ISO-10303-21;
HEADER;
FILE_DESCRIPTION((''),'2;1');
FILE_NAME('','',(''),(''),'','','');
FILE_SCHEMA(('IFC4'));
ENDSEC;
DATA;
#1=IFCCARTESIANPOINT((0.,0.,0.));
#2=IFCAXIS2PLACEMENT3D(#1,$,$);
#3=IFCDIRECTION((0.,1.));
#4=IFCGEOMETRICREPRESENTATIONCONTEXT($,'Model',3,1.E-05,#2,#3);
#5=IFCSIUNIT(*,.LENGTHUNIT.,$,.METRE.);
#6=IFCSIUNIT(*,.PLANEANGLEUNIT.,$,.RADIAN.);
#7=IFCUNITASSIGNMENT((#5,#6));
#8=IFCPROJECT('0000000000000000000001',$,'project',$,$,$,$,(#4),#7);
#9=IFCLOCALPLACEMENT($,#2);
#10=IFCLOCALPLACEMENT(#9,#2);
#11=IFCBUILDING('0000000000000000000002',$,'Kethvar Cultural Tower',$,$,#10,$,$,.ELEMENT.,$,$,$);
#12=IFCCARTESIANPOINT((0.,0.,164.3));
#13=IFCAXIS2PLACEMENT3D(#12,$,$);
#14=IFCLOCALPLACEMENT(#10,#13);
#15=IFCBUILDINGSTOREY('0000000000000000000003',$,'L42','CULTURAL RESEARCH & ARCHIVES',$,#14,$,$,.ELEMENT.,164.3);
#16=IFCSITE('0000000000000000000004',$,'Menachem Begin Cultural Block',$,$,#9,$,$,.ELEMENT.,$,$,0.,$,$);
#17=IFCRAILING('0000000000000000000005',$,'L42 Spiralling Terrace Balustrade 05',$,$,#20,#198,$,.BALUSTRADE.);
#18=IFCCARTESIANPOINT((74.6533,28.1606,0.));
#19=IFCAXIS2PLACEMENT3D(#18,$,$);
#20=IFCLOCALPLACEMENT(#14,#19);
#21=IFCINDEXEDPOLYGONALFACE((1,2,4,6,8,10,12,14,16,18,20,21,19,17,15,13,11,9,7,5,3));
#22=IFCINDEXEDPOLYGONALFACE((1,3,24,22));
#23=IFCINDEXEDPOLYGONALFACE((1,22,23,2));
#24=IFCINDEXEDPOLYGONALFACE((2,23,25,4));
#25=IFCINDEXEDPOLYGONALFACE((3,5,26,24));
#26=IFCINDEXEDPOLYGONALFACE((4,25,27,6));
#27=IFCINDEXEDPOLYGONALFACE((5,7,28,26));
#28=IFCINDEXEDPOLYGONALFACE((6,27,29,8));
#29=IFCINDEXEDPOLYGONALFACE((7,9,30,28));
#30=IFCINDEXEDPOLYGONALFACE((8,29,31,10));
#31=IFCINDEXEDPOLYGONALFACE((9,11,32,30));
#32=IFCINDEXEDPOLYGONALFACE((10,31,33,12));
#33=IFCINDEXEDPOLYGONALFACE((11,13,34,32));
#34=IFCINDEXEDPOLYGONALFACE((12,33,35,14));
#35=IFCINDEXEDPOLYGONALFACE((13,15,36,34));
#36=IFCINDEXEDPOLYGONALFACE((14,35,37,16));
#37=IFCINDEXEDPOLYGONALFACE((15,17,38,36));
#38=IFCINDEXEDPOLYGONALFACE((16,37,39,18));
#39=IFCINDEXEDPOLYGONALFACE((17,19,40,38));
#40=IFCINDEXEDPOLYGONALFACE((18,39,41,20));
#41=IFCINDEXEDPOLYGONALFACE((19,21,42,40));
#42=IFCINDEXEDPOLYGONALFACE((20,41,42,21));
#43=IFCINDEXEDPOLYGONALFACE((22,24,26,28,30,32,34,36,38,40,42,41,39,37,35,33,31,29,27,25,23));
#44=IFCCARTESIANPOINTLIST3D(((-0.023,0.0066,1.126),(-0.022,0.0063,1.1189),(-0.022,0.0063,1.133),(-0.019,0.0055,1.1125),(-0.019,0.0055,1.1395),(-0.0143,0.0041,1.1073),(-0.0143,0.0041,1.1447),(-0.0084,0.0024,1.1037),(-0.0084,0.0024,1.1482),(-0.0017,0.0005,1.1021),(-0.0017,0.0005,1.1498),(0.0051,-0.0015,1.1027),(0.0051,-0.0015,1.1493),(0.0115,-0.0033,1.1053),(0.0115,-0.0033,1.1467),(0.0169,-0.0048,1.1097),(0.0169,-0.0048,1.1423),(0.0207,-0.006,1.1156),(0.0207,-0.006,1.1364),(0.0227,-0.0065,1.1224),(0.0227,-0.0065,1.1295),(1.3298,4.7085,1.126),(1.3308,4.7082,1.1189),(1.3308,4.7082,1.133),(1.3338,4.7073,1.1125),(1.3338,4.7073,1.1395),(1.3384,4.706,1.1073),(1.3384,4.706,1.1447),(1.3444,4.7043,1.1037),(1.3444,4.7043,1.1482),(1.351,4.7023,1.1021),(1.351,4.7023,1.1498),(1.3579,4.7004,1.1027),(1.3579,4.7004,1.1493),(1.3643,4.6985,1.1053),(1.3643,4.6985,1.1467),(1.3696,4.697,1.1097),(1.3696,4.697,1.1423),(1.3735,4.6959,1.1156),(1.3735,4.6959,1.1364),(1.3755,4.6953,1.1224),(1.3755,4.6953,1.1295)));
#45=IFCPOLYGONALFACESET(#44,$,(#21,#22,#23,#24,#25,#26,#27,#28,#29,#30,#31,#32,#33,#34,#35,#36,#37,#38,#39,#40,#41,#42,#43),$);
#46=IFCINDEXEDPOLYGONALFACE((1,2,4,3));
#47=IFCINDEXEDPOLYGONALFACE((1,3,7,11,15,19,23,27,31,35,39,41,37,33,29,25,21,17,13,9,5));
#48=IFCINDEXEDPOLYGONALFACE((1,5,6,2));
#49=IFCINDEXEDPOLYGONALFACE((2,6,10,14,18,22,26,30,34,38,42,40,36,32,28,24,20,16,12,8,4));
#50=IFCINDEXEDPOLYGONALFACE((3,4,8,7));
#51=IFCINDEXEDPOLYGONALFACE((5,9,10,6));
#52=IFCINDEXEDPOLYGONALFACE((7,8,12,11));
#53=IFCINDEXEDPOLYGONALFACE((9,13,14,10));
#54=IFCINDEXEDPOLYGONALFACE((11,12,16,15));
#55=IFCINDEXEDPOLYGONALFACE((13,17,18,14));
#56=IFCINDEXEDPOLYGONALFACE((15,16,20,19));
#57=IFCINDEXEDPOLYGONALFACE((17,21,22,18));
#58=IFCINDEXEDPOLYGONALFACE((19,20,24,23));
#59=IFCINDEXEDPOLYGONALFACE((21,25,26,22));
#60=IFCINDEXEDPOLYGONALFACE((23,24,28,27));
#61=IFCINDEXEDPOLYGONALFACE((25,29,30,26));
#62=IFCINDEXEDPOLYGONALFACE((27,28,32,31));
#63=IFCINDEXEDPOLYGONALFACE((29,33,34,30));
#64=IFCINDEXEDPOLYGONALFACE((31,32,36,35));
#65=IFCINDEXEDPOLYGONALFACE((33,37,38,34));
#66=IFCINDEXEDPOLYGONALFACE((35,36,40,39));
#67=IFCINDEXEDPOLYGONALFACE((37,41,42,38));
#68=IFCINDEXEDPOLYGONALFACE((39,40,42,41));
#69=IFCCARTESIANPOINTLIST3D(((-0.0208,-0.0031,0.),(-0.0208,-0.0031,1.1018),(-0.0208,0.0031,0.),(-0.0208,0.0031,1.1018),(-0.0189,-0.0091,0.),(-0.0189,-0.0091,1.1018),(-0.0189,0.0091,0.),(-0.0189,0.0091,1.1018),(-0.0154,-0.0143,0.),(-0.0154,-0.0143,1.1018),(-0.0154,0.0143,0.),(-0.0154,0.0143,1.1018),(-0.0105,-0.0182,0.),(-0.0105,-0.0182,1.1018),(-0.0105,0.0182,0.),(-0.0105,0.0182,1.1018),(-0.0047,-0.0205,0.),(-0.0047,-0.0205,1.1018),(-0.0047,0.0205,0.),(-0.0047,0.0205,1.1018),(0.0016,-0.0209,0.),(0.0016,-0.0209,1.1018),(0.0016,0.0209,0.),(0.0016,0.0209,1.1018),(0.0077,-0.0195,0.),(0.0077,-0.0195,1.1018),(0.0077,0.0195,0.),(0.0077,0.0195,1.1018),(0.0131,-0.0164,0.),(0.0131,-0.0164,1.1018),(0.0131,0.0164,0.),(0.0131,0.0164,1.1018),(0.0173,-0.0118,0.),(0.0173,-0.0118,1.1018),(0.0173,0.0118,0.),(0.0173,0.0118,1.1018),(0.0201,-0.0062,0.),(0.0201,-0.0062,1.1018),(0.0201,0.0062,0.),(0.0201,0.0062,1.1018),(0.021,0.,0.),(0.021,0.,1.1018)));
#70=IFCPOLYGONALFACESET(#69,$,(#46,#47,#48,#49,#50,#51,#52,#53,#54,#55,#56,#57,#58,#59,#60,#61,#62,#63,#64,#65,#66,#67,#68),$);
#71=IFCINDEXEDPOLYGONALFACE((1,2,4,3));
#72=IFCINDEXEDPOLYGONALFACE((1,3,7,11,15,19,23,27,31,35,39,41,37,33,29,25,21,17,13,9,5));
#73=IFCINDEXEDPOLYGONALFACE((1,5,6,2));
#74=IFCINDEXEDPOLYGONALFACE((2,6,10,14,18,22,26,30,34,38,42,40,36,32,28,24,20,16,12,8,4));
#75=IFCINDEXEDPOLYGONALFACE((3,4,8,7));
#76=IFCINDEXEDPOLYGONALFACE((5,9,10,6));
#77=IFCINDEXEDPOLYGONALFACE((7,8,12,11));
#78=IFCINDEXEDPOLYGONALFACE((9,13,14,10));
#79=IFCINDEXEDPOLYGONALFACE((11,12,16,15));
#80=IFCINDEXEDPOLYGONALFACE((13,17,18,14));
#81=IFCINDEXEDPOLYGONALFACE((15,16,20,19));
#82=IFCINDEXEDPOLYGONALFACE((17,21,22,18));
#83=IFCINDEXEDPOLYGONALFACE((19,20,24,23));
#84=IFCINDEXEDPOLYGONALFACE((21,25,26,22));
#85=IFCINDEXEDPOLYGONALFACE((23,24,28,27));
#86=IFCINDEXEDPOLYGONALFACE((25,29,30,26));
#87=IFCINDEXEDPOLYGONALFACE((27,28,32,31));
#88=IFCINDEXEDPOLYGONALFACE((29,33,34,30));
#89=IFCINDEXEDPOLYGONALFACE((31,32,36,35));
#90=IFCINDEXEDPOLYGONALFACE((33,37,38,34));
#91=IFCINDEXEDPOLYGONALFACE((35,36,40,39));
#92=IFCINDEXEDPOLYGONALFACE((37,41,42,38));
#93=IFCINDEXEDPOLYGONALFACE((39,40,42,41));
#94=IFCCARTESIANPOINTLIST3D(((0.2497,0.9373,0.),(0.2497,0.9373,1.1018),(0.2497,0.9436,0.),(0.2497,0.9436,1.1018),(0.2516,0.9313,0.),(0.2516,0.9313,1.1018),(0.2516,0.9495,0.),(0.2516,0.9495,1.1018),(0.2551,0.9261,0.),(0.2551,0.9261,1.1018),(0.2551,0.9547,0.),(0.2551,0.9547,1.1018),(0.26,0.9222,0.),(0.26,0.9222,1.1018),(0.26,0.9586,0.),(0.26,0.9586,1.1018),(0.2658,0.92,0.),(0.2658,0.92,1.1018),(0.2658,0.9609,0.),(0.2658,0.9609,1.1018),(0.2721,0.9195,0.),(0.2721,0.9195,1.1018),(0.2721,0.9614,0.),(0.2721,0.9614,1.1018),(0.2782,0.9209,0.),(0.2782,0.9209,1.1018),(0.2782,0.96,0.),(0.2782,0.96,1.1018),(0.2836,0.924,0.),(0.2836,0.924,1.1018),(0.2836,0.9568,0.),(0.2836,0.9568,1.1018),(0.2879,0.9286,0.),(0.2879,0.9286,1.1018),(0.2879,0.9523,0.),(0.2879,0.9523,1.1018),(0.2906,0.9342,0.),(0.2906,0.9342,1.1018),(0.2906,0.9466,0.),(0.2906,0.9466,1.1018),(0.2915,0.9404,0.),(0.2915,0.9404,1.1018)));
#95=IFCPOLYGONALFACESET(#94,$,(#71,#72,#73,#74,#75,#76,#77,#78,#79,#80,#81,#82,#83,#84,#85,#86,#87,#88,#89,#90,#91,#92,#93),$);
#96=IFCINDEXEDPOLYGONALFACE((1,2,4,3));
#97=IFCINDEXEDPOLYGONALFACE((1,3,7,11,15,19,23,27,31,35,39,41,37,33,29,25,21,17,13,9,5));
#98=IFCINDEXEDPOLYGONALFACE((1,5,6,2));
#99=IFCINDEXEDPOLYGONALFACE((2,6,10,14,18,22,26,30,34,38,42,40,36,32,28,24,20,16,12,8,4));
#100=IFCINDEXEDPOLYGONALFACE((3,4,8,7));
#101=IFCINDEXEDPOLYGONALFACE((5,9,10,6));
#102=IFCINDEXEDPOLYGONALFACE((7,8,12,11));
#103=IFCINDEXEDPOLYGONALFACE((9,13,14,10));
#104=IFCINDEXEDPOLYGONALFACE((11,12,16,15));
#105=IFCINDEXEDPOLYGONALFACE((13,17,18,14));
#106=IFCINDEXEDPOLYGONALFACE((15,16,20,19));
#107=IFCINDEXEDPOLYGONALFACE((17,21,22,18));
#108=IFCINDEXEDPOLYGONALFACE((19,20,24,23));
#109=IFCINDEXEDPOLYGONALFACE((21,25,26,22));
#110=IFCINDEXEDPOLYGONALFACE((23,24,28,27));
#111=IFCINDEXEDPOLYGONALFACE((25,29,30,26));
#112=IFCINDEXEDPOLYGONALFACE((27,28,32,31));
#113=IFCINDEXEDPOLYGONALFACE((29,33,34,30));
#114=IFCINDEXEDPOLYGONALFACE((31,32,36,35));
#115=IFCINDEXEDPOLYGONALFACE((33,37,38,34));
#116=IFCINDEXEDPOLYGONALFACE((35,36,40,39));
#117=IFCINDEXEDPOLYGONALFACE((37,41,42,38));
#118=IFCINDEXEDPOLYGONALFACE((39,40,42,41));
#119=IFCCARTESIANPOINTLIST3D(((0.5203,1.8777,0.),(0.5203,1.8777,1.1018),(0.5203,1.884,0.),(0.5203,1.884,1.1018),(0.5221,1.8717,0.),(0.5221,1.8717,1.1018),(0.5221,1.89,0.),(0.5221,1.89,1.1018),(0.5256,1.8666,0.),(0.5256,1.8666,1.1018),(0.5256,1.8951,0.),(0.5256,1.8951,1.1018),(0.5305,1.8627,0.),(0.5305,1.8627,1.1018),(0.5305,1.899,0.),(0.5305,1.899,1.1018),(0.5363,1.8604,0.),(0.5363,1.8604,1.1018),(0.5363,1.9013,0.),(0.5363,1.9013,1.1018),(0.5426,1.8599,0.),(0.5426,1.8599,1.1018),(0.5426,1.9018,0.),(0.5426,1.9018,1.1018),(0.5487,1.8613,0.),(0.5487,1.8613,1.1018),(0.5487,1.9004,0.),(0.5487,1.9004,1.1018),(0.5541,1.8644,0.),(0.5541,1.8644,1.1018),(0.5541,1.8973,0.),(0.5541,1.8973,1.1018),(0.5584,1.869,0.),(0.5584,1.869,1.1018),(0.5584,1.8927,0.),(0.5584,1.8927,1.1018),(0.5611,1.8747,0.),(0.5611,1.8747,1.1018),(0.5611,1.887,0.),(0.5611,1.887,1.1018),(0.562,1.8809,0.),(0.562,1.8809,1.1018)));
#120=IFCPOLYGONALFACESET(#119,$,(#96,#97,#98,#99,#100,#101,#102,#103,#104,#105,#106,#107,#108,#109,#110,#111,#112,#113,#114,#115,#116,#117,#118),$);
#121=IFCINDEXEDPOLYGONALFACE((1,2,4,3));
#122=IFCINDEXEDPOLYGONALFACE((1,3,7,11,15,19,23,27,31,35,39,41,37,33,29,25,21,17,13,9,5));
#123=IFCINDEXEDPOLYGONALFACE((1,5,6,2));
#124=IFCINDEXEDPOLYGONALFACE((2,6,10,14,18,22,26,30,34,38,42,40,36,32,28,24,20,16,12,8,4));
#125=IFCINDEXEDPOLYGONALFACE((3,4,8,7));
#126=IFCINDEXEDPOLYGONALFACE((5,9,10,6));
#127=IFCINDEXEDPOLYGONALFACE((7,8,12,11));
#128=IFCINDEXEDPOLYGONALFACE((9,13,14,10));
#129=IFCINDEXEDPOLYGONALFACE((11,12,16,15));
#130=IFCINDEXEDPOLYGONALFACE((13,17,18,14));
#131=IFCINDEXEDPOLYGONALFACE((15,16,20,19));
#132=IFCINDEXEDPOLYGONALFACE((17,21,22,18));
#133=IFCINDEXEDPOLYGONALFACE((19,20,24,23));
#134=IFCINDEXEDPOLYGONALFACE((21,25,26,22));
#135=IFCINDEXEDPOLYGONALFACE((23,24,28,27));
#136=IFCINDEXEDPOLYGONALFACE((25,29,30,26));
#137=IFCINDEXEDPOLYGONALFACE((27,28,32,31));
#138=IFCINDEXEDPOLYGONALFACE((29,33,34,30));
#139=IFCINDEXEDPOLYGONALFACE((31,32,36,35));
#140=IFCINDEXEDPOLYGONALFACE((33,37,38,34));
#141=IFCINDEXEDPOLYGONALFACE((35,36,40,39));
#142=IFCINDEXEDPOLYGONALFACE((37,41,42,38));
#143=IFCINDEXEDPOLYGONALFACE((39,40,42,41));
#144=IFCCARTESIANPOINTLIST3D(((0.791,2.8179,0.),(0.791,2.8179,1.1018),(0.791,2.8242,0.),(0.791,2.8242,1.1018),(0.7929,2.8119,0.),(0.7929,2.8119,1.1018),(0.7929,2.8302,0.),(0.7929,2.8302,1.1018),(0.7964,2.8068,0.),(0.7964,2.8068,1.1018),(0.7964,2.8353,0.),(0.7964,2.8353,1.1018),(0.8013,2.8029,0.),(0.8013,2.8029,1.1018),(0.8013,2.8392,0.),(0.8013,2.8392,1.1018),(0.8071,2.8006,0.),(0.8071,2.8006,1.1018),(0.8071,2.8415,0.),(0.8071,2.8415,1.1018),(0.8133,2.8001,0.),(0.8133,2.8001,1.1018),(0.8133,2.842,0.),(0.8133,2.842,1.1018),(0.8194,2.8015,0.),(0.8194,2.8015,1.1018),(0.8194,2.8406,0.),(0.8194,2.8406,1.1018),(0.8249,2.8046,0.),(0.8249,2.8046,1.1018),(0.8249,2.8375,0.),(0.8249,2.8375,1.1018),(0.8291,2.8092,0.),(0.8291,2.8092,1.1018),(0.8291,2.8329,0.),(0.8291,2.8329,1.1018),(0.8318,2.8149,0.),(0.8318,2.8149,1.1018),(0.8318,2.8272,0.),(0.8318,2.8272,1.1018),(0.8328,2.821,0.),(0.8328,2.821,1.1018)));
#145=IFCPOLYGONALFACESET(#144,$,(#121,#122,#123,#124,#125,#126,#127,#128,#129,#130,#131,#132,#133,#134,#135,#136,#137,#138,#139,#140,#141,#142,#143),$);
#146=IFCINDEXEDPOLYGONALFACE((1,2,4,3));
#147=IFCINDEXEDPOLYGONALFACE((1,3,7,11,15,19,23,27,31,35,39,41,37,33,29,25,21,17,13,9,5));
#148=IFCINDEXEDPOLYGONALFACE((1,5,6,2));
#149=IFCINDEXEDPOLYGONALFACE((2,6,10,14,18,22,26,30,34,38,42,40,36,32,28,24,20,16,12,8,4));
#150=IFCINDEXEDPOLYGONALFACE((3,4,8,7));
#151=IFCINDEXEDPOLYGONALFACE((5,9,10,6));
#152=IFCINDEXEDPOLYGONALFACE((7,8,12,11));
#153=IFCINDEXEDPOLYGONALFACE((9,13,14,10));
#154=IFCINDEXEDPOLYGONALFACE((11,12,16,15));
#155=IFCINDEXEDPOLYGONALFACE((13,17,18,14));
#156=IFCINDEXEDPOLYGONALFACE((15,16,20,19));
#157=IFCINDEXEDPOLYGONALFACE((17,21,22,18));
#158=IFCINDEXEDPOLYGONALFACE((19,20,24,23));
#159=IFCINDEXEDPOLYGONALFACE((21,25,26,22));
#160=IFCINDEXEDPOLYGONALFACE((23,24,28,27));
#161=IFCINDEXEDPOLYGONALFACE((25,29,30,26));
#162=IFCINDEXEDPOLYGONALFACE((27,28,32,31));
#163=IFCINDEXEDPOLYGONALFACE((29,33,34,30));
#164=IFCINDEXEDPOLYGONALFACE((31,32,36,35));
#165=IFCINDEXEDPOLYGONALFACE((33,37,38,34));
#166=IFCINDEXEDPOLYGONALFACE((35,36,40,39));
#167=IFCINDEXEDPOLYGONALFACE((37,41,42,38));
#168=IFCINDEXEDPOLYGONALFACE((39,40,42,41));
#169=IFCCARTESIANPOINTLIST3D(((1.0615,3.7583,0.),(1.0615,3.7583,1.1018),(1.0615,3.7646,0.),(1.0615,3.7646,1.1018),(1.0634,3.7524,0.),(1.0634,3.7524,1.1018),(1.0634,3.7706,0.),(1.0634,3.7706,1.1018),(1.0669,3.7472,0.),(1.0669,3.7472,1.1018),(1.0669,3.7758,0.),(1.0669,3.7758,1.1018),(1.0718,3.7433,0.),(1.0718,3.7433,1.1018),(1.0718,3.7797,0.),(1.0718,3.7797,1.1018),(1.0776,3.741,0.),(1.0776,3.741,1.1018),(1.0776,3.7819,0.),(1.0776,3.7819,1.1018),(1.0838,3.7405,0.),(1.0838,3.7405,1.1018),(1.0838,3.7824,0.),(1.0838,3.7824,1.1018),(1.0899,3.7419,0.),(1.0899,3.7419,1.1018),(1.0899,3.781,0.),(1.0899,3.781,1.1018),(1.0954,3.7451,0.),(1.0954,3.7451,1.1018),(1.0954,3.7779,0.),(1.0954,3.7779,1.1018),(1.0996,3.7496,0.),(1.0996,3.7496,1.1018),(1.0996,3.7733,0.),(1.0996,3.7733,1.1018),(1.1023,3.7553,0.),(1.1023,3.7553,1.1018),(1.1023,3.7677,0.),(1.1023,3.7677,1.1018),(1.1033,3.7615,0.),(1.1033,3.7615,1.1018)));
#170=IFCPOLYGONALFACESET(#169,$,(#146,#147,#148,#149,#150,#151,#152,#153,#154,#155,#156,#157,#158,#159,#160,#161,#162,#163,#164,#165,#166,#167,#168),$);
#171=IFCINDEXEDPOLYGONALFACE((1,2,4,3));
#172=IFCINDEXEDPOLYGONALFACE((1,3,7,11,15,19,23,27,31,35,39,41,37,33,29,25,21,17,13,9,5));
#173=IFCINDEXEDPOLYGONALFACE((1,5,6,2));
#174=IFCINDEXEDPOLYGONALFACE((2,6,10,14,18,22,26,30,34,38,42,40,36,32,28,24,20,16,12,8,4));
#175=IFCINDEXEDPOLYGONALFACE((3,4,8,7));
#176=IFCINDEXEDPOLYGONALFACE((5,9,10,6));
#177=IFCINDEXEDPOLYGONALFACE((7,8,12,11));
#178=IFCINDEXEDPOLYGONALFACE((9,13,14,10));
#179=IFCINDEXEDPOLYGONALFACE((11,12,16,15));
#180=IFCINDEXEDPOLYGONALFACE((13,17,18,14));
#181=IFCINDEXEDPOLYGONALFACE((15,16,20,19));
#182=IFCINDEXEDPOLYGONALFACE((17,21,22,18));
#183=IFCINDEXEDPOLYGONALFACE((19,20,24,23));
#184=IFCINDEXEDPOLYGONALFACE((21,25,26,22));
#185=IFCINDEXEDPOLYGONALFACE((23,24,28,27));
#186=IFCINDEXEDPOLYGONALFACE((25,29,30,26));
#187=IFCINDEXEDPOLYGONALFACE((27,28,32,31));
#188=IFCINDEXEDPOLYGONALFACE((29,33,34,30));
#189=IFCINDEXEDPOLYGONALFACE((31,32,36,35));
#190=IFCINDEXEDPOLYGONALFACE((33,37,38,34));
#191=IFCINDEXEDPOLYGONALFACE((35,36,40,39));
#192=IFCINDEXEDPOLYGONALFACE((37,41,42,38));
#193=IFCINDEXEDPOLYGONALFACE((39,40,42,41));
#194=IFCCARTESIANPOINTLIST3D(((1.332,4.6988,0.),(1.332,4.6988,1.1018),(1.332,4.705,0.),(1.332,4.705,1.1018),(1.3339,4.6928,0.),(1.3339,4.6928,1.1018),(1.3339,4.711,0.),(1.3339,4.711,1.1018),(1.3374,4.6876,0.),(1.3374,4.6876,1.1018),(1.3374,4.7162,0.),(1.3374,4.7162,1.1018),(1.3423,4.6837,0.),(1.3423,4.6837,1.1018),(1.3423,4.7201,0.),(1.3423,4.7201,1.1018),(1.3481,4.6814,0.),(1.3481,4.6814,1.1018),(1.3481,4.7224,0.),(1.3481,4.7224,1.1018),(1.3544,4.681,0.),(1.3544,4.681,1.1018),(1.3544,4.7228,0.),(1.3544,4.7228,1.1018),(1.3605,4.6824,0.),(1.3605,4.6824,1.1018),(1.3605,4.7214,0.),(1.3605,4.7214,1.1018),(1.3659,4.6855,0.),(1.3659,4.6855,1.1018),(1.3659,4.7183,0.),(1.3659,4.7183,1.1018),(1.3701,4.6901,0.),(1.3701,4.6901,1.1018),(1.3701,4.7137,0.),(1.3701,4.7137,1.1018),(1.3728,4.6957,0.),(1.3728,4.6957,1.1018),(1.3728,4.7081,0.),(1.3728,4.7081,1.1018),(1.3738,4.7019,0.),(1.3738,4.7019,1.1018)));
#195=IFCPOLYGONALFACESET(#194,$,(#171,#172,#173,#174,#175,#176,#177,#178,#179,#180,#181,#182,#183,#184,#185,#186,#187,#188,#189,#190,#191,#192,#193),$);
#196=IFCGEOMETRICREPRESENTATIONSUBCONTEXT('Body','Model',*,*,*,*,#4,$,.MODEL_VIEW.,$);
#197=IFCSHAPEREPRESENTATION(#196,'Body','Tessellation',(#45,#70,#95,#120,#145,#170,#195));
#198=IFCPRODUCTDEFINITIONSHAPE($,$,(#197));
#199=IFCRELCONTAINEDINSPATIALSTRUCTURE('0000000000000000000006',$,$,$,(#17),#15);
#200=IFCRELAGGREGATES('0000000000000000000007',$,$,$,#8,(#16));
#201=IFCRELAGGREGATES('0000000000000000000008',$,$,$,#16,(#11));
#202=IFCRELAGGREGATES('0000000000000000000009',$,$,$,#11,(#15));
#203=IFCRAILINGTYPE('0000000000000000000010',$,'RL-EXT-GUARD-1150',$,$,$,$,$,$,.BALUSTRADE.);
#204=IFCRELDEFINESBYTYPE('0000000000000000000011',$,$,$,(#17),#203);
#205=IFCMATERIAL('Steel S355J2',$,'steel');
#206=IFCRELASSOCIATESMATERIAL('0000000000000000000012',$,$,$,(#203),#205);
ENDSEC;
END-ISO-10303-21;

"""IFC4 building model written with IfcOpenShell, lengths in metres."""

from ifc_helpers import new_model, si_unit, direction, frame, origin, origin_2d, place, context, subcontext, project, spatial, circle, extrude, material, type_object, element, save


model = new_model("IFC4")

# Units and contexts
model_context = context("Model", 3, precision=1e-05, world=origin(), true_north=direction((0.0, 1.0)))
body_context = subcontext(model_context, "Body", "Model", "MODEL_VIEW")
ifc_project = project(units=[si_unit("LENGTHUNIT", "METRE"), si_unit("PLANEANGLEUNIT", "RADIAN")], contexts=[model_context])

# Site, building, storey
site_placement = place(None, origin())
site = spatial("IfcSite", under=ifc_project, at=site_placement, Name="Menachem Begin Cultural Block", CompositionType="ELEMENT", RefElevation=0.0)
building_placement = place(site_placement, origin())
building = spatial("IfcBuilding", under=site, at=building_placement, Name="Kethvar Cultural Tower", CompositionType="ELEMENT")
storey_placement = place(building_placement, frame((0.0, 0.0, 164.3)))
storey = spatial("IfcBuildingStorey", under=building, at=storey_placement, Name="L42", Description="CULTURAL RESEARCH & ARCHIVES", CompositionType="ELEMENT", Elevation=164.3)

# Shared definitions
ifc_material_1 = material(Name="Steel S355J2", Category="steel")

# Railing
railing_type = type_object("IfcRailingType", Name="RL-EXT-GUARD-1150", PredefinedType="BALUSTRADE", material=ifc_material_1)
railing_1_placement = place(storey_placement, frame((74.6533, 28.1606, 0.0)))
element("IfcRailing", 1, at=railing_1_placement, inside=storey, type_object=railing_type, Name="L42 Spiralling Terrace Balustrade 05", PredefinedType="BALUSTRADE", context=body_context, shape_type="SweptSolid", body=[
    extrude(circle(Radius=0.0239, at=origin_2d()), frame((0.0, 0.0, 1.126), z_axis=(0.276494, 0.961016, 0.0), x_axis=(-0.961016, 0.276494, 0.0)), (0.0, 0.0, 1.0), 4.8926),
    extrude(circle(Radius=0.021, at=origin_2d()), origin(), (0.0, 0.0, 1.0), 1.1018),
    extrude(circle(Radius=0.021, at=origin_2d()), frame((0.2705, 0.9404, 0.0)), (0.0, 0.0, 1.0), 1.1018),
    extrude(circle(Radius=0.021, at=origin_2d()), frame((0.541, 1.8809, 0.0)), (0.0, 0.0, 1.0), 1.1018),
    extrude(circle(Radius=0.021, at=origin_2d()), frame((0.8118, 2.821, 0.0)), (0.0, 0.0, 1.0), 1.1018),
    extrude(circle(Radius=0.021, at=origin_2d()), frame((1.0823, 3.7615, 0.0)), (0.0, 0.0, 1.0), 1.1018),
    extrude(circle(Radius=0.021, at=origin_2d()), frame((1.3528, 4.7019, 0.0)), (0.0, 0.0, 1.0), 1.1018),
])

save(model, "model.ifc")
